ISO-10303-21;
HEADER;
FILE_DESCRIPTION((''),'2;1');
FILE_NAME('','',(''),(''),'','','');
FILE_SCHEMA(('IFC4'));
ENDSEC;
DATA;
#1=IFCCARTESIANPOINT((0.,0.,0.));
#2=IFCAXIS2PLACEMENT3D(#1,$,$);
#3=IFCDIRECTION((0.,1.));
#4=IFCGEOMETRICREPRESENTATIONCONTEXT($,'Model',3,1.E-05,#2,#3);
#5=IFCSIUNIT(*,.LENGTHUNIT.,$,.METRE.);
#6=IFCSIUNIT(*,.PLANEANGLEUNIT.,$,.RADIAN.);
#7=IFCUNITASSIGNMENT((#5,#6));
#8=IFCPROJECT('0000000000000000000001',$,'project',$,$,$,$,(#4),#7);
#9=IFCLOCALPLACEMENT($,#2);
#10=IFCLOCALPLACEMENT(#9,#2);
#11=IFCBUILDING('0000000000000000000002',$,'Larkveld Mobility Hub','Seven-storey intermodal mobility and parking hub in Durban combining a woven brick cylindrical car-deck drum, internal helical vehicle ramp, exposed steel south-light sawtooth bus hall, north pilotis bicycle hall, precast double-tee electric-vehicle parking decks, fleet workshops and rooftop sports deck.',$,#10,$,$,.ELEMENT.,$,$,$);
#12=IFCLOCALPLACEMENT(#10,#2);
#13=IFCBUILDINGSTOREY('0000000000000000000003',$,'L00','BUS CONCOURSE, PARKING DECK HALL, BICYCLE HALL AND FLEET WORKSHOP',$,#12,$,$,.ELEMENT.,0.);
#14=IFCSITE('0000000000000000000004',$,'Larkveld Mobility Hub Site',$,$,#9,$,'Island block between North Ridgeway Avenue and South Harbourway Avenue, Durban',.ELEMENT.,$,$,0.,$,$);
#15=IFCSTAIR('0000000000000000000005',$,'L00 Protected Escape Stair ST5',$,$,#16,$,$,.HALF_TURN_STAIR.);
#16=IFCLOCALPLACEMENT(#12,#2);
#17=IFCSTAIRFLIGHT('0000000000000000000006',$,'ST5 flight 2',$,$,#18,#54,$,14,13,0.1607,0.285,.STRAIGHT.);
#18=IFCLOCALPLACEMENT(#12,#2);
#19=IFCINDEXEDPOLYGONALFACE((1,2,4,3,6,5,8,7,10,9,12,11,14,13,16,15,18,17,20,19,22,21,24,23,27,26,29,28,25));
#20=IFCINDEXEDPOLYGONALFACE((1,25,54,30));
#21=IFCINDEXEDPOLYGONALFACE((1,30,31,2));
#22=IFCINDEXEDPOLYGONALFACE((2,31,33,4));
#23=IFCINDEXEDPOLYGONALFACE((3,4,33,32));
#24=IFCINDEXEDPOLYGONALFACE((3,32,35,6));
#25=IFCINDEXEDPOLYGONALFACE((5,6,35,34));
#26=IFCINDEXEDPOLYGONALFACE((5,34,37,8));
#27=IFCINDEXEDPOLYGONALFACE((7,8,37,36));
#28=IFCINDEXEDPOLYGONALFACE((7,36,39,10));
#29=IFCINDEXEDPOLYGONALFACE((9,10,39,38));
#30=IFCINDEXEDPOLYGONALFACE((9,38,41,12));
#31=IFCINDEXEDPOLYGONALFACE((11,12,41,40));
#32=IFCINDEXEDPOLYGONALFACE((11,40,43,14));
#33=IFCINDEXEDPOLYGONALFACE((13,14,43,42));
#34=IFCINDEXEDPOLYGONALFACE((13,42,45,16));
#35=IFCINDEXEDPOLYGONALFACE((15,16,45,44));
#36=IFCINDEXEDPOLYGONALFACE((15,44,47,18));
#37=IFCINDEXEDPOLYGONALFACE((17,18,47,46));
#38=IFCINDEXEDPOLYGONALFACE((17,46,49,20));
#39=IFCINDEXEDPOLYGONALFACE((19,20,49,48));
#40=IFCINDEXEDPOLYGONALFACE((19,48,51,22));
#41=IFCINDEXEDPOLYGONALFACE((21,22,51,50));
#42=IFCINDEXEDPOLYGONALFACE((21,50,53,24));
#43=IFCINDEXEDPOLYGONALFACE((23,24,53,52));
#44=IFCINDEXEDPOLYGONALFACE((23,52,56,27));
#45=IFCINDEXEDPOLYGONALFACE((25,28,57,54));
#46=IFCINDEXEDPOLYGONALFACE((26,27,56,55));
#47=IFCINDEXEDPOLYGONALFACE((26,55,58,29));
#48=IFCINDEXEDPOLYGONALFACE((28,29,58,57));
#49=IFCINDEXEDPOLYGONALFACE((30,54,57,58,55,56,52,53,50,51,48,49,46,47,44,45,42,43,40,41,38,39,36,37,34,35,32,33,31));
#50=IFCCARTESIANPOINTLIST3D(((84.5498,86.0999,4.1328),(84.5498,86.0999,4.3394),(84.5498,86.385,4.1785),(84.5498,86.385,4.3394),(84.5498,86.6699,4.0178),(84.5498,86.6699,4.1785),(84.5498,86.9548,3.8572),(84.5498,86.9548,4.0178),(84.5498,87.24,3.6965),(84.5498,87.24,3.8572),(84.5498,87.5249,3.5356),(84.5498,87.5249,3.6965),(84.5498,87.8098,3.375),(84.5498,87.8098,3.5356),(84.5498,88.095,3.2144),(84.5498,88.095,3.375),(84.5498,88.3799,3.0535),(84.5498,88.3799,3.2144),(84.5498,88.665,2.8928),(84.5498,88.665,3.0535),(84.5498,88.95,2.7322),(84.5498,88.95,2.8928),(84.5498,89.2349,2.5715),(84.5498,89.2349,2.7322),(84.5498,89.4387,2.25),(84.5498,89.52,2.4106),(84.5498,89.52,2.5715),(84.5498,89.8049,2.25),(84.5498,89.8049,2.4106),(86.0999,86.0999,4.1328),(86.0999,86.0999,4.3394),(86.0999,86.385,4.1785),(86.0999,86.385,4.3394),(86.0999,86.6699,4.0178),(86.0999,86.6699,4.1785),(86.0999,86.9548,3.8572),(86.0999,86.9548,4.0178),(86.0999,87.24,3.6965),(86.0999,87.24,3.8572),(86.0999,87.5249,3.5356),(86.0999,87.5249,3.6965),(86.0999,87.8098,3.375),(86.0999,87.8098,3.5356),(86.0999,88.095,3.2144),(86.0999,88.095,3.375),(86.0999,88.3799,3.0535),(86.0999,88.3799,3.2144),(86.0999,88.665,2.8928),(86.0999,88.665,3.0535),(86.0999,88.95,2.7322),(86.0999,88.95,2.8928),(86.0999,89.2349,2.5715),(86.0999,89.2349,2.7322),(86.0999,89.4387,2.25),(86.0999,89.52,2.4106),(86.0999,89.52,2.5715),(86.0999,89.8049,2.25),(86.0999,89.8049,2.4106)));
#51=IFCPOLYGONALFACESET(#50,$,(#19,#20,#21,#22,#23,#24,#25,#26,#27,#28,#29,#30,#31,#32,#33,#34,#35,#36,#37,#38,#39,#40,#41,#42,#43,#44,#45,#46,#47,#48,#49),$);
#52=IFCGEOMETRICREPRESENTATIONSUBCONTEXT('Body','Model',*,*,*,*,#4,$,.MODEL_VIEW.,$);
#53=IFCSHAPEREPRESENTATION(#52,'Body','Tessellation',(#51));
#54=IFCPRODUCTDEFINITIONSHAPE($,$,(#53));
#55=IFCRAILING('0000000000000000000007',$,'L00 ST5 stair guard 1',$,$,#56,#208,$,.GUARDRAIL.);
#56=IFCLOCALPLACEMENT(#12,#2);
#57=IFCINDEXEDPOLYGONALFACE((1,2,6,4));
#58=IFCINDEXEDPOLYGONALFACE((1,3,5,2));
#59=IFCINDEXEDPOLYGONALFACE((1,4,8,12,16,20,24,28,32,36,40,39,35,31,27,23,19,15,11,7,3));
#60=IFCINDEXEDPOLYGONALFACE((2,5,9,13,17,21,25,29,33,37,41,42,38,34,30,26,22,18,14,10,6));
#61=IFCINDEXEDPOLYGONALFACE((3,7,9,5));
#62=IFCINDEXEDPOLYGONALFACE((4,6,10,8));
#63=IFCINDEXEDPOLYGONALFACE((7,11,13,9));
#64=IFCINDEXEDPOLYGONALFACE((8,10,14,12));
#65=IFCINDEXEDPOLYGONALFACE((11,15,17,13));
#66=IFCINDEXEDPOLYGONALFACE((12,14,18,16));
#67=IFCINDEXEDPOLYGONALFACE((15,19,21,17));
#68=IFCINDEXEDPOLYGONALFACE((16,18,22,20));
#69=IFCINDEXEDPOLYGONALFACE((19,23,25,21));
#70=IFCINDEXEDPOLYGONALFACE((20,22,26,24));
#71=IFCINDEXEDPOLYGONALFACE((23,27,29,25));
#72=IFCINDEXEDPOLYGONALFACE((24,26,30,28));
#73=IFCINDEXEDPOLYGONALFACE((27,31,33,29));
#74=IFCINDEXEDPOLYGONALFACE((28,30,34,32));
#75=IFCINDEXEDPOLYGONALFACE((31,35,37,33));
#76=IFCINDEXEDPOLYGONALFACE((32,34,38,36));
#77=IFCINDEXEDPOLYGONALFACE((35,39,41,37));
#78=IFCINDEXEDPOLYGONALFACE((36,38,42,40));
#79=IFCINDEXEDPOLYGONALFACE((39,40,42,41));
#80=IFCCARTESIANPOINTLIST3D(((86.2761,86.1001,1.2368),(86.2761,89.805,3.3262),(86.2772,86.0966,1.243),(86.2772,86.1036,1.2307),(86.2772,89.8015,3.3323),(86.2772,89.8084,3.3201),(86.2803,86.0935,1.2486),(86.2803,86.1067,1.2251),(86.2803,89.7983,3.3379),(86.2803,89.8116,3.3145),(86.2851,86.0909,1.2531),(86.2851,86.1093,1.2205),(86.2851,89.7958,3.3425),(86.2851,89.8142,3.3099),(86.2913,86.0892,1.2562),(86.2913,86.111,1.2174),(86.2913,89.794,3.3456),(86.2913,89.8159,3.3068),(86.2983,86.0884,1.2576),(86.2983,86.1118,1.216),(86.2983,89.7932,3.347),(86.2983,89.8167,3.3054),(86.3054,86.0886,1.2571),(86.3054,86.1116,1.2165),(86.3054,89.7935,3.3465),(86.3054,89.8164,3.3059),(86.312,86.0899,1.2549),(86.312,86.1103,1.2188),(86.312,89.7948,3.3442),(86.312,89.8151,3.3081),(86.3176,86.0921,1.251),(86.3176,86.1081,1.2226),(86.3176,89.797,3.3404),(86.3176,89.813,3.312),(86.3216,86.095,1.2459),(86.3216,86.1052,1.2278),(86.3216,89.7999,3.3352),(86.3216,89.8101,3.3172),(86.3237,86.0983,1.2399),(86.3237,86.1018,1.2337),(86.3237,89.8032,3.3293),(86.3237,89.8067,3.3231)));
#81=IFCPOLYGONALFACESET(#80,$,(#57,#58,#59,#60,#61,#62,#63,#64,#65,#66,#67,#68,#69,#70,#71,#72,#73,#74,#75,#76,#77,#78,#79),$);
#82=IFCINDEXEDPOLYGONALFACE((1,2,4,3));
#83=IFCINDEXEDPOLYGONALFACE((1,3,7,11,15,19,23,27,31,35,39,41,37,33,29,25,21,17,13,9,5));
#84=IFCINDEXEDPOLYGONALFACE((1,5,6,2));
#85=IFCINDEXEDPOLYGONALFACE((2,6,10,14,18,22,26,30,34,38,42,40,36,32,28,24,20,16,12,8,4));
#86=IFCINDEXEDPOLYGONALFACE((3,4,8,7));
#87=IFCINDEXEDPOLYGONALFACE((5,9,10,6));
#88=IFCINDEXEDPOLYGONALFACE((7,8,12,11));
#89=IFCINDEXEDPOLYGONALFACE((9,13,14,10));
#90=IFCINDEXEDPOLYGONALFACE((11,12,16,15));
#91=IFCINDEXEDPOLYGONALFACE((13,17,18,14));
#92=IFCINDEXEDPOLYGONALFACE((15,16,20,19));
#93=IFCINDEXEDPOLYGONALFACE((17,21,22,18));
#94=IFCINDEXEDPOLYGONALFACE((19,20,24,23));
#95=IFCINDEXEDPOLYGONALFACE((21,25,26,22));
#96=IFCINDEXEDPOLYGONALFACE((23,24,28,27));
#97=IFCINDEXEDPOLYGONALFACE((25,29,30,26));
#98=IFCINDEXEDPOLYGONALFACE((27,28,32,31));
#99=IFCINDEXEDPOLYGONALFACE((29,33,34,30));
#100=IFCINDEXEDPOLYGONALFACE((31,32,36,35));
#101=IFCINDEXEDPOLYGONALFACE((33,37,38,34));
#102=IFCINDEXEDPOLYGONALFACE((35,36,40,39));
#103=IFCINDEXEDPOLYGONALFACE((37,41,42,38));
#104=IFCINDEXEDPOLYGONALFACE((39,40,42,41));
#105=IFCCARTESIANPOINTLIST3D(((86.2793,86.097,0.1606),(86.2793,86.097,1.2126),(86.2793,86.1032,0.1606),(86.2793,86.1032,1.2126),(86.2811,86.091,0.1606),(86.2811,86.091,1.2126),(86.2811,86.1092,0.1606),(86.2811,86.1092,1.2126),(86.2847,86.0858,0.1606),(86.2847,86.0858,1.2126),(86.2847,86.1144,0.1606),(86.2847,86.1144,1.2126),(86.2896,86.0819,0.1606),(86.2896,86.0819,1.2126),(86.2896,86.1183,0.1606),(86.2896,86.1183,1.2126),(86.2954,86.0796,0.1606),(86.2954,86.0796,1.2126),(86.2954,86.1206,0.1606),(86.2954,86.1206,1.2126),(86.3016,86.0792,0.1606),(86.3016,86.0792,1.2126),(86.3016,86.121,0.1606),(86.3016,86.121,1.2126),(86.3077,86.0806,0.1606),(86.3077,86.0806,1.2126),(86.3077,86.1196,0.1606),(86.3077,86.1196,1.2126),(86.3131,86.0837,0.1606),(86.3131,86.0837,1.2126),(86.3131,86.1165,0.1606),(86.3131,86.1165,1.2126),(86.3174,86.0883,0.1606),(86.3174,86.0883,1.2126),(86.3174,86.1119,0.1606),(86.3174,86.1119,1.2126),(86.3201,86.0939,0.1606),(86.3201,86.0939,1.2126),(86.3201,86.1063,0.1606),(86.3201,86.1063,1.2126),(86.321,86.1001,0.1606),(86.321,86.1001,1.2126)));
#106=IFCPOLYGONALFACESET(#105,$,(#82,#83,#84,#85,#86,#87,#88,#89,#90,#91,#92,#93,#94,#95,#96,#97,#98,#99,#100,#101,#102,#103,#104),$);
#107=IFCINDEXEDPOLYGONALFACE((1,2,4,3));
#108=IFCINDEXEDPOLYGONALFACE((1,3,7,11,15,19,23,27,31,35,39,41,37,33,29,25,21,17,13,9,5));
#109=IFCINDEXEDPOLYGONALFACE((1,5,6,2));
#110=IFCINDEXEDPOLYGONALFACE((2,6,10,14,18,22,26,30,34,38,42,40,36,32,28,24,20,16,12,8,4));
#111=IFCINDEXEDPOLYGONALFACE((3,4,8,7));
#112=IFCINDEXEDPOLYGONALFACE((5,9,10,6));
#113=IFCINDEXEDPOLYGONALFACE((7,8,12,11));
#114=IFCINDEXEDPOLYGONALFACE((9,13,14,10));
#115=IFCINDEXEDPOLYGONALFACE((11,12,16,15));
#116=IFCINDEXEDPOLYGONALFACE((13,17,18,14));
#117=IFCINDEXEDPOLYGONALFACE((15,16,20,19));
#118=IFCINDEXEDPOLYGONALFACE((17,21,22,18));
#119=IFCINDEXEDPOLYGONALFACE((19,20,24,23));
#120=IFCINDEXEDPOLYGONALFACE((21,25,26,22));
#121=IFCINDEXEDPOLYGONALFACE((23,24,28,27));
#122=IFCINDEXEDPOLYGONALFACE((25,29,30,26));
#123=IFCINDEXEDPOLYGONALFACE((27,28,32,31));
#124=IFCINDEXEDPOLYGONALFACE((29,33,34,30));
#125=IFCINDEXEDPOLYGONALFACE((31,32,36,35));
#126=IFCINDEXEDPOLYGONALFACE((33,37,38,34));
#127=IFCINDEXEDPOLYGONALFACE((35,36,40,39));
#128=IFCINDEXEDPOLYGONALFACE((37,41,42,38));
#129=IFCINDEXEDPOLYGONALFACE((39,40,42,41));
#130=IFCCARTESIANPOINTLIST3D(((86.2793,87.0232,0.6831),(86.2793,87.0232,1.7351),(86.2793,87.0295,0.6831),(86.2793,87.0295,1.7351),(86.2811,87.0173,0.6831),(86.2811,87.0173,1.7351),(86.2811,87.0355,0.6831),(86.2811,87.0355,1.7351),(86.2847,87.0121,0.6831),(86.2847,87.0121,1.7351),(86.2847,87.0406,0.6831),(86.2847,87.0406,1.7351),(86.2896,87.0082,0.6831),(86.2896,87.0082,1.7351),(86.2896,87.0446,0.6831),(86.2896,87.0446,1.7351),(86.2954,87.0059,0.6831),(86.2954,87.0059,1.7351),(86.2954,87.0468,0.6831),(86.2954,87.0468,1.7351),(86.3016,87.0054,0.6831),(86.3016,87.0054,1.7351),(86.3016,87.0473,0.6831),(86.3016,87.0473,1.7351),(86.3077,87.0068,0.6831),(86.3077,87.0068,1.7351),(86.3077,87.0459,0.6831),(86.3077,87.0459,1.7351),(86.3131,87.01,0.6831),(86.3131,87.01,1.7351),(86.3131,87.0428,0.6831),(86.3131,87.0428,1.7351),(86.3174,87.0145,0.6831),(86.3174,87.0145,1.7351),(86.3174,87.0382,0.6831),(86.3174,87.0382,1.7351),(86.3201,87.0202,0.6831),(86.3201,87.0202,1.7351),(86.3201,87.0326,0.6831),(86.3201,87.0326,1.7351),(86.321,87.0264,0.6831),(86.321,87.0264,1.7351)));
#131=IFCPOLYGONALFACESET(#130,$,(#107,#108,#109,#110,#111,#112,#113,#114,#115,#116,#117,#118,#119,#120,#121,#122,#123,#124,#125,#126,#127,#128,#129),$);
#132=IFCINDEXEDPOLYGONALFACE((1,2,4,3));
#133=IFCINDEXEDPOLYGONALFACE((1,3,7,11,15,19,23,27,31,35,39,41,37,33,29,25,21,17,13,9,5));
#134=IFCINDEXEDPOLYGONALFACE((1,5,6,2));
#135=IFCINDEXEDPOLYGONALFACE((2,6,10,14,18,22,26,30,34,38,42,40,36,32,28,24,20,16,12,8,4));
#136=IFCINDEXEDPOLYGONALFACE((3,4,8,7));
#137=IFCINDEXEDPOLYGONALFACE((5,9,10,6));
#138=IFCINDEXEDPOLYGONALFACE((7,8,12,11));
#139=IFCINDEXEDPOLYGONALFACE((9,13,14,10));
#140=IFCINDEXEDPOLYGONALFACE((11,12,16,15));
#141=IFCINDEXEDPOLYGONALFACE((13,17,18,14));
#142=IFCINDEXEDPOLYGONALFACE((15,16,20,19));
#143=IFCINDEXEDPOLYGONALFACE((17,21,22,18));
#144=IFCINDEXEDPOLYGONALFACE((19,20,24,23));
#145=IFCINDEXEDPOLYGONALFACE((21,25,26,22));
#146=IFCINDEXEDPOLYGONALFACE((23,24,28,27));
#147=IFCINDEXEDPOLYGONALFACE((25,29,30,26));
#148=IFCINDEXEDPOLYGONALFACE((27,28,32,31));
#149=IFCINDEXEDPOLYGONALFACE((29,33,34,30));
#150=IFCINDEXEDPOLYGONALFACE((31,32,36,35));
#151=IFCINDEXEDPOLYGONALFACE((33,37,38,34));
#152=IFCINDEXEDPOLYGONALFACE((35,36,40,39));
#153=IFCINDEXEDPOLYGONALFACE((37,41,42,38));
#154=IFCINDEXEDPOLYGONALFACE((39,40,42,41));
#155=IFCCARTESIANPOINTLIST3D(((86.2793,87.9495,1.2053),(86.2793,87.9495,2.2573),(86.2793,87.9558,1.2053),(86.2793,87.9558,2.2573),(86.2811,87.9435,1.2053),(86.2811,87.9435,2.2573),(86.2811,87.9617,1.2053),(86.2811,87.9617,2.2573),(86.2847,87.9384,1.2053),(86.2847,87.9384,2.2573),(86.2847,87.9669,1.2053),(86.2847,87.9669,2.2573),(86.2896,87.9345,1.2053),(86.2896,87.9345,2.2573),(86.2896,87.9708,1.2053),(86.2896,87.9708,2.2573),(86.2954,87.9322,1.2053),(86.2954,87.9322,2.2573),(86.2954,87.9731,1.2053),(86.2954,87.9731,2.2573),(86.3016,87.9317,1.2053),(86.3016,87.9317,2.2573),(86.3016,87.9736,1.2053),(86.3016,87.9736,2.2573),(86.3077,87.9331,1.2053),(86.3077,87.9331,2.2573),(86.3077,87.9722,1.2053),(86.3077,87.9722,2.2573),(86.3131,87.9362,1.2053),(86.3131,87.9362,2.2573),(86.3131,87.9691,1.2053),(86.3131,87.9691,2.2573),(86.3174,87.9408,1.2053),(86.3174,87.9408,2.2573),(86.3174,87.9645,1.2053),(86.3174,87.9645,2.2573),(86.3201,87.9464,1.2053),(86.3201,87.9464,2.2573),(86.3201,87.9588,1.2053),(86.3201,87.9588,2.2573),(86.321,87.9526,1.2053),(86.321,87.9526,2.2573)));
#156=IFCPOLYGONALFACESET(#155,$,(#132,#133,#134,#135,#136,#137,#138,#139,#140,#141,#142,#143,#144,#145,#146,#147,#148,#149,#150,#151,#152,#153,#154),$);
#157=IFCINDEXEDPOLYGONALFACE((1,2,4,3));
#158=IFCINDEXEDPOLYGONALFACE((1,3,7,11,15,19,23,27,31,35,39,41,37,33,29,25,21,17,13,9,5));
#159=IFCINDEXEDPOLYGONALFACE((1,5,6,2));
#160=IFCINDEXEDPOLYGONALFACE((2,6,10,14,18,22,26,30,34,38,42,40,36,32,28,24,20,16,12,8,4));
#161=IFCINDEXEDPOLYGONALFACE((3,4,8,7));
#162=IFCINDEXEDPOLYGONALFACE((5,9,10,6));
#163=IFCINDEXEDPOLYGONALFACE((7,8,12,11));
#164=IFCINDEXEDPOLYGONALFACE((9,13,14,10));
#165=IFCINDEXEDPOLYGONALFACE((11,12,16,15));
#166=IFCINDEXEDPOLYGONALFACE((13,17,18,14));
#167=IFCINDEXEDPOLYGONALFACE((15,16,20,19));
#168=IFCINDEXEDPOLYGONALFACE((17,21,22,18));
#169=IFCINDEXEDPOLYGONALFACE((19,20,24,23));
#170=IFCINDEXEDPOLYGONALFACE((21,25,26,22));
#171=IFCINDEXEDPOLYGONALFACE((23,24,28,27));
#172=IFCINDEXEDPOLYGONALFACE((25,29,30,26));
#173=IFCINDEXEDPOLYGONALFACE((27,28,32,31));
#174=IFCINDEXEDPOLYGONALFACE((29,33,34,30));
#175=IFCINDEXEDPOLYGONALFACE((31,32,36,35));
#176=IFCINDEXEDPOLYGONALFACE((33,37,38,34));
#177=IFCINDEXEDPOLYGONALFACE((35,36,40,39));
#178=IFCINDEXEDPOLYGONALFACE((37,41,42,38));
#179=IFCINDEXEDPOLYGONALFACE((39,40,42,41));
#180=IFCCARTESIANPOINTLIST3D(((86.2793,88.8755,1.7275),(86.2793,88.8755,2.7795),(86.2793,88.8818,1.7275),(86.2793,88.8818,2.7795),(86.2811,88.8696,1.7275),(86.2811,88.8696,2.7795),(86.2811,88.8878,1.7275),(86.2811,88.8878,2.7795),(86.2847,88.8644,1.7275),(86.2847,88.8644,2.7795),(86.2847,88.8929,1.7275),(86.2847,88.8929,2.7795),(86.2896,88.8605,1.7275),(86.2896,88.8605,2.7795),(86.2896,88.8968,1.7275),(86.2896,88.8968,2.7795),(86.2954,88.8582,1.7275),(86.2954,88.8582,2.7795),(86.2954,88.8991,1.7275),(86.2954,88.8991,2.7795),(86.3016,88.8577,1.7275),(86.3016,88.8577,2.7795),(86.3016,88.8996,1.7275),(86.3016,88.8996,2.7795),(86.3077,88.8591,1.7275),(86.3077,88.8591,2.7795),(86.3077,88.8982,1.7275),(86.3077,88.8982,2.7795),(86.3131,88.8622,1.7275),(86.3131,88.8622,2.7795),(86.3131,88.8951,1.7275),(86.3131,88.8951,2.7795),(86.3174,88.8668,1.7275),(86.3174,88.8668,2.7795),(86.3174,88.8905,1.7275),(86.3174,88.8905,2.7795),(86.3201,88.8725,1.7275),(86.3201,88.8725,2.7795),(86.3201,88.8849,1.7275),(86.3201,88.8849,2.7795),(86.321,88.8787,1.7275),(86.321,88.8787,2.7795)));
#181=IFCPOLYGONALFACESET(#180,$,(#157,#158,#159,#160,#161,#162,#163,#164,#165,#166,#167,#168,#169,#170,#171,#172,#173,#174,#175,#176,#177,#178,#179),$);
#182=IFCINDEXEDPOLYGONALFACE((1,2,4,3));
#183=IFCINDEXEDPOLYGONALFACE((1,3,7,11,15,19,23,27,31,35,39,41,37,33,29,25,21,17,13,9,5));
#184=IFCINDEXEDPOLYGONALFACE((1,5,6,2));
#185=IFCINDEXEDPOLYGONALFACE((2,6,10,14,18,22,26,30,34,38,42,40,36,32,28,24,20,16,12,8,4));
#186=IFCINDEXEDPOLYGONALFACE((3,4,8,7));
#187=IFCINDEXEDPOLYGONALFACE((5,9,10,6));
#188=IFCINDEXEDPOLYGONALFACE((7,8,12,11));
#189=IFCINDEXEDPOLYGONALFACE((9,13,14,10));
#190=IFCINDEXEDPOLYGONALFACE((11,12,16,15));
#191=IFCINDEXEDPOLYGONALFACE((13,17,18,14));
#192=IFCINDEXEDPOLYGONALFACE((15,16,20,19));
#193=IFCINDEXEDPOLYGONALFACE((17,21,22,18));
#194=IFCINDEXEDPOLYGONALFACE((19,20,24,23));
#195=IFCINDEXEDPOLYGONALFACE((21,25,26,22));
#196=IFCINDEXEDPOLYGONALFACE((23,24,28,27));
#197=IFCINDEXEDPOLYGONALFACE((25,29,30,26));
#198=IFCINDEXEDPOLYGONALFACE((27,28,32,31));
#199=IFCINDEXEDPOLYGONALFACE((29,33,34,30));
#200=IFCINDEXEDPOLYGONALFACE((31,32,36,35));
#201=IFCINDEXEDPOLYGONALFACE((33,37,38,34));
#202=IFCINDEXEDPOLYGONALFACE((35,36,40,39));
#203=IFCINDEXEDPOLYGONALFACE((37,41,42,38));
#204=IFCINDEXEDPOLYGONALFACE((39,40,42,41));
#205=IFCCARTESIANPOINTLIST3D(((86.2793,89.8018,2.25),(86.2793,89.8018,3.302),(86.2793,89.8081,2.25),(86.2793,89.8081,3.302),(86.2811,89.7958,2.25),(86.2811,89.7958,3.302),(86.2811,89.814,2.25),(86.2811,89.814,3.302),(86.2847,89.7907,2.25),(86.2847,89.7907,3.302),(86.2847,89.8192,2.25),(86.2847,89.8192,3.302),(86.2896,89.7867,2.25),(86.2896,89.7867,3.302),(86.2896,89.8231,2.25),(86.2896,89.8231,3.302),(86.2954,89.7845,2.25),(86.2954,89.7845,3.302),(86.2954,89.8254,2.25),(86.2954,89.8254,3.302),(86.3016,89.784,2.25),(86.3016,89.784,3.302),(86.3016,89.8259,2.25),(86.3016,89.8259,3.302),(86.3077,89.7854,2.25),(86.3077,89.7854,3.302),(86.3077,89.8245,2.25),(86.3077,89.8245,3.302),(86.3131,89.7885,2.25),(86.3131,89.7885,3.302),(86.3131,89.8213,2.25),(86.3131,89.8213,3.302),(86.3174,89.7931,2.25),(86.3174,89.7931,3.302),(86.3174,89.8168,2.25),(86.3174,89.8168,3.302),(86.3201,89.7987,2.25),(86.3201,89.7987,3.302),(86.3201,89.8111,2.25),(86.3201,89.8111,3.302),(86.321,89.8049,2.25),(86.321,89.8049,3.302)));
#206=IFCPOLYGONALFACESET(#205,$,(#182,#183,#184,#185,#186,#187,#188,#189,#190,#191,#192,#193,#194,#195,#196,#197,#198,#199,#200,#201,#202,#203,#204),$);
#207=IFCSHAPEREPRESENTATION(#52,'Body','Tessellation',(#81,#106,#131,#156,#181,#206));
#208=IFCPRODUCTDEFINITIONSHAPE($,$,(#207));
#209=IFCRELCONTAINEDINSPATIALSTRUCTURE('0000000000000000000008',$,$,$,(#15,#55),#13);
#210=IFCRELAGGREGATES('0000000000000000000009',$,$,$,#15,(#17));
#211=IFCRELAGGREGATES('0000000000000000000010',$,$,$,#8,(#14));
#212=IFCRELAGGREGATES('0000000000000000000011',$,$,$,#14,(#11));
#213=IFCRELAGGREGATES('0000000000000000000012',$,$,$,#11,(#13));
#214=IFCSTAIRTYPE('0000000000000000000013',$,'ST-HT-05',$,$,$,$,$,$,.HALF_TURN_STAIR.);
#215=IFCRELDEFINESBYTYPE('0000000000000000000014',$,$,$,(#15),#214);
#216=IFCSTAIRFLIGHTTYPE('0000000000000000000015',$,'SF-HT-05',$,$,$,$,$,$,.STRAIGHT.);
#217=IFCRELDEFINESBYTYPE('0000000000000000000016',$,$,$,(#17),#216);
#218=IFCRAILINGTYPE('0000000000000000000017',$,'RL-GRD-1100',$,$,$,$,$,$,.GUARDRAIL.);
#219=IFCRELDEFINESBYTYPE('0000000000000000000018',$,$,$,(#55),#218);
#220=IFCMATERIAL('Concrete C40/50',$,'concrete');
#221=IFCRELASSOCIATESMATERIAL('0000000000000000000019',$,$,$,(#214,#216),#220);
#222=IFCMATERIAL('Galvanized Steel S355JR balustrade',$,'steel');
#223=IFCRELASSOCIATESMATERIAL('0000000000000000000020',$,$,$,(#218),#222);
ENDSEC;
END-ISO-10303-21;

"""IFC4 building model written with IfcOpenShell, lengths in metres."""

from ifc_helpers import new_model, si_unit, direction, frame, origin, origin_2d, place, context, subcontext, project, spatial, polyline, circle, outline, extrude, material, type_object, element, aggregate, save


model = new_model("IFC4")

# Units and contexts
model_context = context("Model", 3, precision=1e-05, world=origin(), true_north=direction((0.0, 1.0)))
body_context = subcontext(model_context, "Body", "Model", "MODEL_VIEW")
ifc_project = project(units=[si_unit("LENGTHUNIT", "METRE"), si_unit("PLANEANGLEUNIT", "RADIAN")], contexts=[model_context])

# Site, building, storey
site_placement = place(None, origin())
site = spatial("IfcSite", under=ifc_project, at=site_placement, Name="Larkveld Mobility Hub Site", LongName="Island block between North Ridgeway Avenue and South Harbourway Avenue, Durban", CompositionType="ELEMENT", RefElevation=0.0)
building_placement = place(site_placement, origin())
building = spatial("IfcBuilding", under=site, at=building_placement, Name="Larkveld Mobility Hub", Description="Seven-storey intermodal mobility and parking hub in Durban combining a woven brick cylindrical car-deck drum, internal helical vehicle ramp, exposed steel south-light sawtooth bus hall, north pilotis bicycle hall, precast double-tee electric-vehicle parking decks, fleet workshops and rooftop sports deck.", CompositionType="ELEMENT")
storey_placement = place(building_placement, origin())
storey = spatial("IfcBuildingStorey", under=building, at=storey_placement, Name="L00", Description="BUS CONCOURSE, PARKING DECK HALL, BICYCLE HALL AND FLEET WORKSHOP", CompositionType="ELEMENT", Elevation=0.0)

# Shared definitions
ifc_material_1 = material(Name="Concrete C40/50", Category="concrete")

# Stair, stair flight
stair_type = type_object("IfcStairType", Name="ST-HT-05", PredefinedType="HALF_TURN_STAIR", material=ifc_material_1)
stair_placement = place(storey_placement, origin())
stair = element("IfcStair", 1, at=stair_placement, inside=storey, type_object=stair_type, Name="L00 Protected Escape Stair ST5", PredefinedType="HALF_TURN_STAIR")
stair_flight_type = type_object("IfcStairFlightType", Name="SF-HT-05", PredefinedType="STRAIGHT", material=ifc_material_1)
stair_flight_1_placement = place(storey_placement, frame((85.325, 89.8049, 2.25), z_axis=(0.0, 0.0, 1.0), x_axis=(0.0, -1.0, 0.0)))
stair_flight_1 = element("IfcStairFlight", 2, at=stair_flight_1_placement, type_object=stair_flight_type, Name="ST5 flight 2", NumberOfRisers=14, NumberOfTreads=13, PredefinedType="STRAIGHT", RiserHeight=0.1607, TreadLength=0.285, context=body_context, shape_type="SweptSolid", body=[
    extrude(outline(polyline([(0.0, 0.0), (0.0, 0.1606), (0.2849, 0.1606), (0.2849, 0.3215), (0.5701, 0.3215), (0.5701, 0.4822), (0.855, 0.4822), (0.855, 0.6428), (1.1399, 0.6428), (1.1399, 0.8035), (1.425, 0.8035), (1.425, 0.9644), (1.71, 0.9644), (1.71, 1.125), (1.9951, 1.125), (1.9951, 1.2856), (2.28, 1.2856), (2.28, 1.4465), (2.5649, 1.4465), (2.5649, 1.6072), (2.8501, 1.6072), (2.8501, 1.7678), (3.135, 1.7678), (3.135, 1.9285), (3.4199, 1.9285), (3.4199, 2.0894), (3.7051, 2.0894), (3.7051, 2.25), (3.7051, 1.8828), (0.3662, 0.0), (0.0, 0.0)])), frame((0.0, 0.7749, 0.0), z_axis=(0.0, -1.0, 0.0), x_axis=(1.0, 0.0, 0.0)), (0.0, 0.0, 1.0), 1.55),
])
aggregate(stair, [stair_flight_1])

# Railing
ifc_material_2 = material(Name="Galvanized Steel S355JR balustrade", Category="steel")
railing_type_1 = type_object("IfcRailingType", Name="RL-GRD-1100", PredefinedType="GUARDRAIL", material=ifc_material_2)
railing_1_placement = place(storey_placement, frame((86.3, 86.1001, 0.1606)))
element("IfcRailing", 3, at=railing_1_placement, inside=storey, type_object=railing_type_1, Name="L00 ST5 stair guard 1", PredefinedType="GUARDRAIL", context=body_context, shape_type="SweptSolid", body=[
    extrude(circle(Radius=0.0239, at=origin_2d()), frame((0.0, 0.0, 1.0762), z_axis=(0.0, 0.871034, 0.491223), x_axis=(-1.0, 0.0, 0.0)), (0.0, 0.0, 1.0), 4.2534),
    extrude(circle(Radius=0.021, at=origin_2d()), origin(), (0.0, 0.0, 1.0), 1.052),
    extrude(circle(Radius=0.021, at=origin_2d()), frame((0.0, 0.9263, 0.5225)), (0.0, 0.0, 1.0), 1.052),
    extrude(circle(Radius=0.021, at=origin_2d()), frame((0.0, 1.8525, 1.0447)), (0.0, 0.0, 1.0), 1.052),
    extrude(circle(Radius=0.021, at=origin_2d()), frame((0.0, 2.7786, 1.5669)), (0.0, 0.0, 1.0), 1.052),
    extrude(circle(Radius=0.021, at=origin_2d()), frame((0.0, 3.7048, 2.0894)), (0.0, 0.0, 1.0), 1.052),
])

save(model, "model.ifc")
